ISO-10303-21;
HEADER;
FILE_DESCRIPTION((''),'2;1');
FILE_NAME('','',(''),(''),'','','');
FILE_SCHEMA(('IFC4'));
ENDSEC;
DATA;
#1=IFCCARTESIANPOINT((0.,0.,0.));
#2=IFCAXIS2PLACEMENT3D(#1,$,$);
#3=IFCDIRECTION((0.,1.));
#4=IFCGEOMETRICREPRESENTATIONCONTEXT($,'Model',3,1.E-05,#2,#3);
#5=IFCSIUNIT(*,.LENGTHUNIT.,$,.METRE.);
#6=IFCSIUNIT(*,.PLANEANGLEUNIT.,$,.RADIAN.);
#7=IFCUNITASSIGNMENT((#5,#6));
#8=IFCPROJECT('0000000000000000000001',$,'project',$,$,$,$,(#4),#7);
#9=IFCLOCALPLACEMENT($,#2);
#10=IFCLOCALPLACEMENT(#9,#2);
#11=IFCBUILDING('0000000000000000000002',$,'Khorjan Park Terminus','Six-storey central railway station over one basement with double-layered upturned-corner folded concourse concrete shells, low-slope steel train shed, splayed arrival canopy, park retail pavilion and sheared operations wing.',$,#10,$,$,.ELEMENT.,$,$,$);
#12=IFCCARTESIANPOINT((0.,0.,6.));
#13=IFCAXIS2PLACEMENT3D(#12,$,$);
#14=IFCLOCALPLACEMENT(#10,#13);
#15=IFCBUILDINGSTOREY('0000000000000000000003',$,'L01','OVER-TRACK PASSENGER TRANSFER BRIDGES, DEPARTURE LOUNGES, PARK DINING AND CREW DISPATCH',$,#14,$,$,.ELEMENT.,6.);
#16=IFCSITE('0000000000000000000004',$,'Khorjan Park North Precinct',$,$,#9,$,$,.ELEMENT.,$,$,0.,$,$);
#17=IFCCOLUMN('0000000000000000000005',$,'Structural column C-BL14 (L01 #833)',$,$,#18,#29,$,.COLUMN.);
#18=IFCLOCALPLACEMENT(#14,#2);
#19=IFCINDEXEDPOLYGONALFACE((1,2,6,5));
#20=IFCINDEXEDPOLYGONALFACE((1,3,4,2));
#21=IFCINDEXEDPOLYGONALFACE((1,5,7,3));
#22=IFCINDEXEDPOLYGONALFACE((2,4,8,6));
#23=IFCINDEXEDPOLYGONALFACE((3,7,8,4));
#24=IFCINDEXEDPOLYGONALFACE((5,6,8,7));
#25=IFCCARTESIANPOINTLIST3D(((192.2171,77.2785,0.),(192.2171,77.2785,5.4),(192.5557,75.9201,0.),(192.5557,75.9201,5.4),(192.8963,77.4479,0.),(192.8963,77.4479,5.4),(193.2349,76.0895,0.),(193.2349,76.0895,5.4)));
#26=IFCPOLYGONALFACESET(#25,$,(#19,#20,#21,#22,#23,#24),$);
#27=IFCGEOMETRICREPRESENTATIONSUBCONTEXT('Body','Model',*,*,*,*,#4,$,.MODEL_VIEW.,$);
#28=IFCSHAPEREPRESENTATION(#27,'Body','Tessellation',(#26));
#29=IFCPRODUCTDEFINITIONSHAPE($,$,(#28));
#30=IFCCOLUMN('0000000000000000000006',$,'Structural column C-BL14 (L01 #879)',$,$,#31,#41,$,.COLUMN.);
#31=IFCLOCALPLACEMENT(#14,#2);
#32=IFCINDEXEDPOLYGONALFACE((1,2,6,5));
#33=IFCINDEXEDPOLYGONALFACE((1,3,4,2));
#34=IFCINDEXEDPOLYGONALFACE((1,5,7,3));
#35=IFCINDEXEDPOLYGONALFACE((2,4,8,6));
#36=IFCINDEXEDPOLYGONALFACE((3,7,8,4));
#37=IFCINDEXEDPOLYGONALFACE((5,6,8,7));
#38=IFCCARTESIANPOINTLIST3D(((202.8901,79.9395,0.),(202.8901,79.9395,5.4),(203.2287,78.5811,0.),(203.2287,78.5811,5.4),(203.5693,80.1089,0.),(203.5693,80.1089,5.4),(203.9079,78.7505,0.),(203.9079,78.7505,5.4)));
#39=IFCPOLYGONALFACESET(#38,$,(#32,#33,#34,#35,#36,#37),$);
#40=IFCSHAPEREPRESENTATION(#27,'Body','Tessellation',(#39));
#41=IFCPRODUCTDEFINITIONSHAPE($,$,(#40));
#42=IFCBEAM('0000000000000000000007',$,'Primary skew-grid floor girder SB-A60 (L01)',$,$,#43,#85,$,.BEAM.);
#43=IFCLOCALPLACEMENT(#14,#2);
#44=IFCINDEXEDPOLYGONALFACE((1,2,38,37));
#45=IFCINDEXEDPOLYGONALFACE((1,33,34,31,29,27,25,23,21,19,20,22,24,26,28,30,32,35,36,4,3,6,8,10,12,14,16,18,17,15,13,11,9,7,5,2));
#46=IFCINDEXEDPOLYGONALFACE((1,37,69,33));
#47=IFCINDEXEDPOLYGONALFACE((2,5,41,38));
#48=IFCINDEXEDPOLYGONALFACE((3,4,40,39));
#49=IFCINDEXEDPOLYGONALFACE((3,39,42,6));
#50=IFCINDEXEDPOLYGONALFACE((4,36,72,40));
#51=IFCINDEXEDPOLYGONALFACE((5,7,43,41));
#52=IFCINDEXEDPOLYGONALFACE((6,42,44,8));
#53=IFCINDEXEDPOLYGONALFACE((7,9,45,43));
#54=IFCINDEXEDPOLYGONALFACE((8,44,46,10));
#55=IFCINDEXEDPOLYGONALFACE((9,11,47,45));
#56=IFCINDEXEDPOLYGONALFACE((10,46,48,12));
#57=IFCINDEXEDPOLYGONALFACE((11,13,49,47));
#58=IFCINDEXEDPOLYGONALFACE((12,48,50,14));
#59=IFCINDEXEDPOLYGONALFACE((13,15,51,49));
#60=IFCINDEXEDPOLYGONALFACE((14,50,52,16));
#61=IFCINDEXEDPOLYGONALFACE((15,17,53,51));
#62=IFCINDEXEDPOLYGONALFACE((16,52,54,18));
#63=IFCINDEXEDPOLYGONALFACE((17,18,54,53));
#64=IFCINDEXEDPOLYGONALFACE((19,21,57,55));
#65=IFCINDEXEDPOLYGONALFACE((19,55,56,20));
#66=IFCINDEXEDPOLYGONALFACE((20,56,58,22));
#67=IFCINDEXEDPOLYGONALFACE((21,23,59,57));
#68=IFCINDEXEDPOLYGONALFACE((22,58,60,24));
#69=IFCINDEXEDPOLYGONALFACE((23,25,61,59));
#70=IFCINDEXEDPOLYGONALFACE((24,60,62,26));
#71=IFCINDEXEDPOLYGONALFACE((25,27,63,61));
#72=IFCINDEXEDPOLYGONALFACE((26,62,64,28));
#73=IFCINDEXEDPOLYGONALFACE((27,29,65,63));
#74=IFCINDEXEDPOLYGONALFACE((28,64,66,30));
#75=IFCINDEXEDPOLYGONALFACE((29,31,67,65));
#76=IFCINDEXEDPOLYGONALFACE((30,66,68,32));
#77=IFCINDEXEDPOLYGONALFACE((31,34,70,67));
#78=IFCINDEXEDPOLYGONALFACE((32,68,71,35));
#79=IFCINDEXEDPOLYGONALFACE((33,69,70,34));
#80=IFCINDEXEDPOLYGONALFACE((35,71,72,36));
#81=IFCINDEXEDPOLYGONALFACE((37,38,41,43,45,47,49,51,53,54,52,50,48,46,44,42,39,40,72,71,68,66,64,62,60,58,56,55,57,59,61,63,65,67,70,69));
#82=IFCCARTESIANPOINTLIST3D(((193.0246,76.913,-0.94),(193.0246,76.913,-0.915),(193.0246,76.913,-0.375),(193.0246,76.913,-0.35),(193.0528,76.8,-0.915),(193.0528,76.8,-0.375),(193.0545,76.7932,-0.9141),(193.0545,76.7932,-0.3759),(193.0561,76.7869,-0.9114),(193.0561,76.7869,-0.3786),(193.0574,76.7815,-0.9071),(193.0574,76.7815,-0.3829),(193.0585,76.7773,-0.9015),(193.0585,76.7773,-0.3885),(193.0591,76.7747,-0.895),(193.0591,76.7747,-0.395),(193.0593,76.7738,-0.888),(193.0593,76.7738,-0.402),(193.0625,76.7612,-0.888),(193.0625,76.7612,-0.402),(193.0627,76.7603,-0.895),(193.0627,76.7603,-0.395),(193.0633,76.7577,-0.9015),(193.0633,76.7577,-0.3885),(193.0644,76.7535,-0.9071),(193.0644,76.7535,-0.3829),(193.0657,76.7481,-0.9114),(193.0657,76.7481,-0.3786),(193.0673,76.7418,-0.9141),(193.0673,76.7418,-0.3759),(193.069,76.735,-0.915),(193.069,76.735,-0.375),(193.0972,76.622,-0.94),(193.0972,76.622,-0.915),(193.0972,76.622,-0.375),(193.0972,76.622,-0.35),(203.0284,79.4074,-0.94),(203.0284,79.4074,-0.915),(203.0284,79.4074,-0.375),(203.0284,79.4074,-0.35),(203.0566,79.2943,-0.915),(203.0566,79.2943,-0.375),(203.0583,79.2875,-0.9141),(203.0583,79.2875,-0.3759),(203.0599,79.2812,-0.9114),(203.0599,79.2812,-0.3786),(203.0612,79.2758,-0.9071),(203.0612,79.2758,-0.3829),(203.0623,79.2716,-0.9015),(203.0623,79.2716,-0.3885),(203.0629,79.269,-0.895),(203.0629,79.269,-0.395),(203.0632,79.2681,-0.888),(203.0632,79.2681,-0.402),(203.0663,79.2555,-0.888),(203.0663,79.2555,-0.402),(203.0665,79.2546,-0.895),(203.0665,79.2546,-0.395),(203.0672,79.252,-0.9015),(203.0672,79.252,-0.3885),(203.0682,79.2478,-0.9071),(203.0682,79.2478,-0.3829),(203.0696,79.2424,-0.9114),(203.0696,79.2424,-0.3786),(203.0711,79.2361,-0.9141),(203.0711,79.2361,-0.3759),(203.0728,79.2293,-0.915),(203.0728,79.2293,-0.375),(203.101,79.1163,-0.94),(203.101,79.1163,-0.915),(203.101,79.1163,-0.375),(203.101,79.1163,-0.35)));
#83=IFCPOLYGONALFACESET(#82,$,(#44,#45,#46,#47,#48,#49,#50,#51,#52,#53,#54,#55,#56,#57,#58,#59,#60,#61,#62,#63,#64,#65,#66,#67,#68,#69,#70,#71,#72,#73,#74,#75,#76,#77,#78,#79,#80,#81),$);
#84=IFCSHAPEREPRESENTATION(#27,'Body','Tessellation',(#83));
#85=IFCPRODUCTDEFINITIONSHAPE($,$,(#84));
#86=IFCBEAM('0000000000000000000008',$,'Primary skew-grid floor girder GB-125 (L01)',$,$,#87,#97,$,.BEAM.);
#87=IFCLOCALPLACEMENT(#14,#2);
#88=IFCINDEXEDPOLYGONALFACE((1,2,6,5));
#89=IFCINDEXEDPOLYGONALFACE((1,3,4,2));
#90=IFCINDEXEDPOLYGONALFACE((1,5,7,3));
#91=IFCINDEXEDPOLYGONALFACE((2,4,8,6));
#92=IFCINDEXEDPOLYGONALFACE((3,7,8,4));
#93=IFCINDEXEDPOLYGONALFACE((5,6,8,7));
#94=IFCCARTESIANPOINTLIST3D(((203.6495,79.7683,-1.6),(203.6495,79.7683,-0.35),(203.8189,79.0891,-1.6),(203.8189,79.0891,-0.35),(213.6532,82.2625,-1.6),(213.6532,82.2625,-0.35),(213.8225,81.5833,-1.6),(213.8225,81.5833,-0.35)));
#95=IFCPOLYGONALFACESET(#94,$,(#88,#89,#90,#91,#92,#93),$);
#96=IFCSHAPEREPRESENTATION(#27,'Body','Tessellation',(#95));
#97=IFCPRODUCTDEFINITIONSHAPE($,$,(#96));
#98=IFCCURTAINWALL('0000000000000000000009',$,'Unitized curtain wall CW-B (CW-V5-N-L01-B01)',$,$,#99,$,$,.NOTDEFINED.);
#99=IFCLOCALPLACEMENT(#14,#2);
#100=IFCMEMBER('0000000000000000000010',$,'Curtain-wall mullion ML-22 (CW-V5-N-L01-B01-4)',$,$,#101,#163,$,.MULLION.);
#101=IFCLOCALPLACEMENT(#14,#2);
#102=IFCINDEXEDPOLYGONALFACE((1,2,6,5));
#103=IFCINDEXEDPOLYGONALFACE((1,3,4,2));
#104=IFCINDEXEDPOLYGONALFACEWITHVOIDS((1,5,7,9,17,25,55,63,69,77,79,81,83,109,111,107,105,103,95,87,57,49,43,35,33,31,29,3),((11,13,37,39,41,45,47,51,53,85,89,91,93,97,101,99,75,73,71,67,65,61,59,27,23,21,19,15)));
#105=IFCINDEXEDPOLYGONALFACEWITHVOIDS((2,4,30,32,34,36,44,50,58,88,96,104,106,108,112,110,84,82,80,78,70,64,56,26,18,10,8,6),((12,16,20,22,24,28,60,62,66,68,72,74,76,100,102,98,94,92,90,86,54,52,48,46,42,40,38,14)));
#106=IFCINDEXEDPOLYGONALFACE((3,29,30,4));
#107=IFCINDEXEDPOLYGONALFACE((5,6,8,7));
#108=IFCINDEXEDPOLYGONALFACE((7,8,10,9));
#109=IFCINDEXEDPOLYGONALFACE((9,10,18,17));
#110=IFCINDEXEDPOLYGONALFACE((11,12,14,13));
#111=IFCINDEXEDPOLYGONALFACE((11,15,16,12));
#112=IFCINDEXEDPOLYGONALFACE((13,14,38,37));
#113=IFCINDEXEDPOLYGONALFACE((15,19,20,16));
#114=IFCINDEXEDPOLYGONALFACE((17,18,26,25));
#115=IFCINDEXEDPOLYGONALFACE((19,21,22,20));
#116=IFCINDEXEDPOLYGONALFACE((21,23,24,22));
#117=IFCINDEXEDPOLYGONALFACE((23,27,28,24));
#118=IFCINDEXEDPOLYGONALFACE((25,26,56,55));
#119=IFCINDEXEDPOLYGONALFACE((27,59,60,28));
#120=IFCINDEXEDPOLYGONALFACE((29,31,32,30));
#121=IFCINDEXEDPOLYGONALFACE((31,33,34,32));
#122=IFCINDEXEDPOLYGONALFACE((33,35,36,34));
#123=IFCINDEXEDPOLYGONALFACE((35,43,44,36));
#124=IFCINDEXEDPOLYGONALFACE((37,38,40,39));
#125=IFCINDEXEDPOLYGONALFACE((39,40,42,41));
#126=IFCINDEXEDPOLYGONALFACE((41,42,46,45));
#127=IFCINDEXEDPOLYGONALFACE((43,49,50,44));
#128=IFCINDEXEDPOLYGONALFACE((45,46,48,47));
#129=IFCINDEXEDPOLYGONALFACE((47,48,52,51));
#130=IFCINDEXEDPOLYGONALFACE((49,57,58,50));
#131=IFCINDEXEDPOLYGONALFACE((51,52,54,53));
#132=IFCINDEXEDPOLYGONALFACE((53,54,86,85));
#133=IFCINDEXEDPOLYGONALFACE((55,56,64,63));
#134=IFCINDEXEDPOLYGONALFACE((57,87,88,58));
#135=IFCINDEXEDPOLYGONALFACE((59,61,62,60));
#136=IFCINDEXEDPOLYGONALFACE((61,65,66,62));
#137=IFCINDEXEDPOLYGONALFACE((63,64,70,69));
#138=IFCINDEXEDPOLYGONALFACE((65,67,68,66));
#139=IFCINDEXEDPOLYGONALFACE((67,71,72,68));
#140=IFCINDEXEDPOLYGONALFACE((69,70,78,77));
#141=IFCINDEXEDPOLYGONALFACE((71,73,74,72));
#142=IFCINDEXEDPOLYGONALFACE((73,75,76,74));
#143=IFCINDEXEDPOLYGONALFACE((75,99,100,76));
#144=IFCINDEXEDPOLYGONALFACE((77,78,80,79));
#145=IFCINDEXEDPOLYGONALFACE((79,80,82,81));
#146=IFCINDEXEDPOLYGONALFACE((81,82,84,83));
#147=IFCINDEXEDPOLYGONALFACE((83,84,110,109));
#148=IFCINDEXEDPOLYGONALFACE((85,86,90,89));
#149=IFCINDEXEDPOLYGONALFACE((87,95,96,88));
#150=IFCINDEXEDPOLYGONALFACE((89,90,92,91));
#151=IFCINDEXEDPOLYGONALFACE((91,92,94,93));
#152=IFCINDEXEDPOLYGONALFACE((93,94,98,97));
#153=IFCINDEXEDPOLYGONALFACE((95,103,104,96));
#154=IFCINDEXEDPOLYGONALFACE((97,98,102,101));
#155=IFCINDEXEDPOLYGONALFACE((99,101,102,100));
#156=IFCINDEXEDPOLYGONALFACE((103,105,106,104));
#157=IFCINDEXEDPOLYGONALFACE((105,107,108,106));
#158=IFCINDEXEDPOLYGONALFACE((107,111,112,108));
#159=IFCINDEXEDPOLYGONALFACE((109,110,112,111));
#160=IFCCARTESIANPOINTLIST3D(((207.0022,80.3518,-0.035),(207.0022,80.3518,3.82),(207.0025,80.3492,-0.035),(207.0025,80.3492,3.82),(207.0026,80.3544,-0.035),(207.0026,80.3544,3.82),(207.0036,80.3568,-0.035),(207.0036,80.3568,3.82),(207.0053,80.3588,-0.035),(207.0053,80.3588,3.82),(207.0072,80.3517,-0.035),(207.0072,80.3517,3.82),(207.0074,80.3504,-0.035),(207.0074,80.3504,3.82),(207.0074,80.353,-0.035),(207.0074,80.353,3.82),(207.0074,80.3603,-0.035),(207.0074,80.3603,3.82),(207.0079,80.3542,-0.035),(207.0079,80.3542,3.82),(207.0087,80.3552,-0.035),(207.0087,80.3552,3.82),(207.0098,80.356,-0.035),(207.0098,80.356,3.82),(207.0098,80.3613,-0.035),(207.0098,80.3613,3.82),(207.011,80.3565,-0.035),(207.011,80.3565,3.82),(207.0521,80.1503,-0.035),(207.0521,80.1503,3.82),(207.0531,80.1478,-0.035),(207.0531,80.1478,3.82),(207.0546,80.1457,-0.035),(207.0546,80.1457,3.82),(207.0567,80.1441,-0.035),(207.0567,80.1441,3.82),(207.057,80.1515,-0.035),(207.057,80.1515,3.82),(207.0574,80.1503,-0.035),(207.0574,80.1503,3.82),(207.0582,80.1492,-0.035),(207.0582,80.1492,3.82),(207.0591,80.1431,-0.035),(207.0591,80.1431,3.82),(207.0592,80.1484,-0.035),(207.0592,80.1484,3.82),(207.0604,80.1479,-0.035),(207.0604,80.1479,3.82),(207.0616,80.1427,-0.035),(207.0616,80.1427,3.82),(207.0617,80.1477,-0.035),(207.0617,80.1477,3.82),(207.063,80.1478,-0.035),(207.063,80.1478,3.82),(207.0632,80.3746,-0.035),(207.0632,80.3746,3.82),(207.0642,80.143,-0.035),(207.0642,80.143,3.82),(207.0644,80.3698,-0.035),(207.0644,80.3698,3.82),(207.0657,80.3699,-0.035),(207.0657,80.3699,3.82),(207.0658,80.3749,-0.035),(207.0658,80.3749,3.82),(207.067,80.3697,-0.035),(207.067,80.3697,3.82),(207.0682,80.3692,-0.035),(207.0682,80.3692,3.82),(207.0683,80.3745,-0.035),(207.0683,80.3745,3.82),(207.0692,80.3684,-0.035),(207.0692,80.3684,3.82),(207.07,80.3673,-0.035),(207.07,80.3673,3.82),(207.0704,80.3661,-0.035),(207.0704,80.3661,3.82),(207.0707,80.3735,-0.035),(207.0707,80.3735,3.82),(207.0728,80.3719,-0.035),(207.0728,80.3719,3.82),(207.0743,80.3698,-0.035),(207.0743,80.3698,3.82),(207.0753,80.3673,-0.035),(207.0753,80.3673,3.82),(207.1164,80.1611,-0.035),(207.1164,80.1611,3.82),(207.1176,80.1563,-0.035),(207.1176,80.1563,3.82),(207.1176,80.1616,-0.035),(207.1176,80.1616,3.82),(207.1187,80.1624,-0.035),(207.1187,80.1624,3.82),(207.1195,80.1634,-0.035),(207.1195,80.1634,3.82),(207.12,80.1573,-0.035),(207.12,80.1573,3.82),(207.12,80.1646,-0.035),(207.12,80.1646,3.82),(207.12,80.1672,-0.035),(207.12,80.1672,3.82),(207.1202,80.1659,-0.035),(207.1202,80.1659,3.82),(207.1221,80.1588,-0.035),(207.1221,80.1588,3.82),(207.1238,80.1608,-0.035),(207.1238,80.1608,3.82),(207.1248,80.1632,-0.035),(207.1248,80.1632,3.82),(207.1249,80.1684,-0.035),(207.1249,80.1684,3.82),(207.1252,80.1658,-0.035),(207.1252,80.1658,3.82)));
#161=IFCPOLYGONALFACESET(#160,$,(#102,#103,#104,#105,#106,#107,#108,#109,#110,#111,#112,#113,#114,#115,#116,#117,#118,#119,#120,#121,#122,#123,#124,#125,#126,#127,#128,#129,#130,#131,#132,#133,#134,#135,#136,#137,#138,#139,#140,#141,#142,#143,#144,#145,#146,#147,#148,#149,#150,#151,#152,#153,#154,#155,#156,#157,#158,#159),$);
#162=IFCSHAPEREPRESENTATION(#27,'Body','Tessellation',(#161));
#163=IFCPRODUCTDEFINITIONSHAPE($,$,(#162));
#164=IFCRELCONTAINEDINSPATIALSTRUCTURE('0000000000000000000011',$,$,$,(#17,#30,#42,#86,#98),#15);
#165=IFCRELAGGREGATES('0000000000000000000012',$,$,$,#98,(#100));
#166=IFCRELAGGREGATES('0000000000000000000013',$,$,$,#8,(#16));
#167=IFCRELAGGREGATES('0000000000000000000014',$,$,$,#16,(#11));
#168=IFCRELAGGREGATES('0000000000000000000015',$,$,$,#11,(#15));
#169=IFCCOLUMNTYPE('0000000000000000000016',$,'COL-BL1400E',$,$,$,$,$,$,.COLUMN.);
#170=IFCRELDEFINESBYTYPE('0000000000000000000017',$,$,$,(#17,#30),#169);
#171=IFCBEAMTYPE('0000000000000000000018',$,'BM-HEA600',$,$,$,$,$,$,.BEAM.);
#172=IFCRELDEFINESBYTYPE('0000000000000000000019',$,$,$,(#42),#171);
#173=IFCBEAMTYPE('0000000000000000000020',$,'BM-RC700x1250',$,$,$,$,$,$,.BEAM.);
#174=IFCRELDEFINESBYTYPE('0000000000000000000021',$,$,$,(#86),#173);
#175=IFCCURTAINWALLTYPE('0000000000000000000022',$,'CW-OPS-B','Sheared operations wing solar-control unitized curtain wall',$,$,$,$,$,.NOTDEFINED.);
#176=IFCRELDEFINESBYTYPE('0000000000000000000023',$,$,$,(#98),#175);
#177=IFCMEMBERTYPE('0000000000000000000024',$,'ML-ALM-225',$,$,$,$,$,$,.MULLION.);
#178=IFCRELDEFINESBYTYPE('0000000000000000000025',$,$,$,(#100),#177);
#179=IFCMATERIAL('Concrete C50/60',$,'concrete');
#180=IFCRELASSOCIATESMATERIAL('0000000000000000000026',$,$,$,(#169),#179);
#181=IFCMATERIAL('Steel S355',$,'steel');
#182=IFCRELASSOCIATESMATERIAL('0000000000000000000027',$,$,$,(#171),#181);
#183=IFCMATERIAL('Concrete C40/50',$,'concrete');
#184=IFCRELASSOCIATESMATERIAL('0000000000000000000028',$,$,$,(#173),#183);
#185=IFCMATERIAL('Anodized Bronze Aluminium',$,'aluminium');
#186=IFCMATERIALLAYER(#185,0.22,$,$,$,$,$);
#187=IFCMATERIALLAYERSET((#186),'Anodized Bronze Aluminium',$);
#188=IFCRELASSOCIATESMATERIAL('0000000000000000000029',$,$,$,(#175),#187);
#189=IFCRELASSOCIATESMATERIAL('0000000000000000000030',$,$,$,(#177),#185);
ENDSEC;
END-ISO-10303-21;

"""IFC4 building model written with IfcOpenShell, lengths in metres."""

from ifc_helpers import new_model, si_unit, direction, frame, origin, origin_2d, place, context, subcontext, project, spatial, rectangle, hollow_rectangle, i_section, extrude, material, layer, layer_set, material_profile, profile_set, type_object, element, aggregate, save


model = new_model("IFC4")

# Units and contexts
model_context = context("Model", 3, precision=1e-05, world=origin(), true_north=direction((0.0, 1.0)))
body_context = subcontext(model_context, "Body", "Model", "MODEL_VIEW")
ifc_project = project(units=[si_unit("LENGTHUNIT", "METRE"), si_unit("PLANEANGLEUNIT", "RADIAN")], contexts=[model_context])

# Site, building, storey
site_placement = place(None, origin())
site = spatial("IfcSite", under=ifc_project, at=site_placement, Name="Khorjan Park North Precinct", CompositionType="ELEMENT", RefElevation=0.0)
building_placement = place(site_placement, origin())
building = spatial("IfcBuilding", under=site, at=building_placement, Name="Khorjan Park Terminus", Description="Six-storey central railway station over one basement with double-layered upturned-corner folded concourse concrete shells, low-slope steel train shed, splayed arrival canopy, park retail pavilion and sheared operations wing.", CompositionType="ELEMENT")
storey_placement = place(building_placement, frame((0.0, 0.0, 6.0)))
storey = spatial("IfcBuildingStorey", under=building, at=storey_placement, Name="L01", Description="OVER-TRACK PASSENGER TRANSFER BRIDGES, DEPARTURE LOUNGES, PARK DINING AND CREW DISPATCH", CompositionType="ELEMENT", Elevation=6.0)

# Columns
ifc_material_1 = material(Name="Concrete C50/60", Category="concrete")
ifc_material_profile_1 = material_profile(ifc_material_1, rectangle(XDim=0.7, YDim=1.4, at=origin_2d()), Name="RC 700x1400")
ifc_profile_set_1 = profile_set([ifc_material_profile_1], Name="Concrete C50/60")
column_type = type_object("IfcColumnType", Name="COL-BL1400E", PredefinedType="COLUMN", material=ifc_profile_set_1)
for number, where, z_axis, x_axis, name in (
    (1, (192.726, 76.684, 0.0), (0.0, 0.0, 1.0), (0.970296, 0.241922, 0.0), "Structural column C-BL14 (L01 #833)"),
    (2, (203.399, 79.345, 0.0), (0.0, 0.0, 1.0), (0.970296, 0.241922, 0.0), "Structural column C-BL14 (L01 #879)"),
):
    element("IfcColumn", number, at=place(storey_placement, frame(where, z_axis=z_axis, x_axis=x_axis)), inside=storey, type_object=column_type, Name=name, PredefinedType="COLUMN", context=body_context, shape_type="SweptSolid", body=[
        extrude(rectangle(XDim=0.7, YDim=1.4, at=origin_2d()), origin(), (0.0, 0.0, 1.0), 5.4),
    ])

# Beams
ifc_material_2 = material(Name="Steel S355", Category="steel")
ifc_material_profile_2 = material_profile(ifc_material_2, i_section(OverallWidth=0.3, OverallDepth=0.59, WebThickness=0.013, FlangeThickness=0.025, FilletRadius=0.027, at=origin_2d()), Name="HEA 600")
ifc_profile_set_2 = profile_set([ifc_material_profile_2], Name="Steel S355")
beam_type_1 = type_object("IfcBeamType", Name="BM-HEA600", PredefinedType="BEAM", material=ifc_profile_set_2)
beam_1_placement = place(storey_placement, frame((193.0609, 76.7675, -0.645), z_axis=(0.970294, 0.241929, 0.0), x_axis=(-0.241929, 0.970294, 0.0)))
element("IfcBeam", 3, at=beam_1_placement, inside=storey, type_object=beam_type_1, Name="Primary skew-grid floor girder SB-A60 (L01)", PredefinedType="BEAM", context=body_context, shape_type="SweptSolid", body=[
    extrude(i_section(OverallWidth=0.3, OverallDepth=0.59, WebThickness=0.013, FlangeThickness=0.025, FilletRadius=0.027, at=origin_2d()), origin(), (0.0, 0.0, 1.0), 10.3101),
])
ifc_material_3 = material(Name="Concrete C40/50", Category="concrete")
ifc_material_profile_3 = material_profile(ifc_material_3, rectangle(XDim=0.7, YDim=1.25, at=origin_2d()), Name="RC 700x1250")
ifc_profile_set_3 = profile_set([ifc_material_profile_3], Name="Concrete C40/50")
beam_type_2 = type_object("IfcBeamType", Name="BM-RC700x1250", PredefinedType="BEAM", material=ifc_profile_set_3)
beam_2_placement = place(storey_placement, frame((203.7342, 79.4287, -0.975), z_axis=(0.970296, 0.241922, 0.0), x_axis=(-0.241922, 0.970296, 0.0)))
element("IfcBeam", 4, at=beam_2_placement, inside=storey, type_object=beam_type_2, Name="Primary skew-grid floor girder GB-125 (L01)", PredefinedType="BEAM", context=body_context, shape_type="SweptSolid", body=[
    extrude(rectangle(XDim=0.7, YDim=1.25, at=origin_2d()), origin(), (0.0, 0.0, 1.0), 10.3099),
])

# Curtain wall, member
ifc_material_4 = material(Name="Anodized Bronze Aluminium", Category="aluminium")
ifc_layer_1 = layer(ifc_material_4, 0.22)
ifc_layer_set_1 = layer_set([ifc_layer_1], Name="Anodized Bronze Aluminium")
curtain_wall_type = type_object("IfcCurtainWallType", Name="CW-OPS-B", Description="Sheared operations wing solar-control unitized curtain wall", PredefinedType="NOTDEFINED", material=ifc_layer_set_1)
curtain_wall_1_placement = place(storey_placement, origin())
curtain_wall_1 = element("IfcCurtainWall", 5, at=curtain_wall_1_placement, inside=storey, type_object=curtain_wall_type, Name="Unitized curtain wall CW-B (CW-V5-N-L01-B01)", PredefinedType="NOTDEFINED")
ifc_material_profile_4 = material_profile(ifc_material_4, hollow_rectangle(XDim=0.075, YDim=0.225, WallThickness=0.005, InnerFilletRadius=0.005, OuterFilletRadius=0.01, at=origin_2d()), Name="ALM 75x225x5")
ifc_profile_set_4 = profile_set([ifc_material_profile_4], Name="Anodized Bronze Aluminium")
member_type_1 = type_object("IfcMemberType", Name="ML-ALM-225", PredefinedType="MULLION", material=ifc_profile_set_4)
member_1_placement = place(storey_placement, frame((207.0637, 80.2588, -0.035), z_axis=(0.0, 0.0, 1.0), x_axis=(-0.970294, -0.241928, 0.0)))
member_1 = element("IfcMember", 6, at=member_1_placement, type_object=member_type_1, Name="Curtain-wall mullion ML-22 (CW-V5-N-L01-B01-4)", PredefinedType="MULLION", context=body_context, shape_type="SweptSolid", body=[
    extrude(hollow_rectangle(XDim=0.075, YDim=0.225, WallThickness=0.005, InnerFilletRadius=0.005, OuterFilletRadius=0.01, at=origin_2d()), origin(), (0.0, 0.0, 1.0), 3.855),
])

aggregate(curtain_wall_1, [member_1])

save(model, "model.ifc")
